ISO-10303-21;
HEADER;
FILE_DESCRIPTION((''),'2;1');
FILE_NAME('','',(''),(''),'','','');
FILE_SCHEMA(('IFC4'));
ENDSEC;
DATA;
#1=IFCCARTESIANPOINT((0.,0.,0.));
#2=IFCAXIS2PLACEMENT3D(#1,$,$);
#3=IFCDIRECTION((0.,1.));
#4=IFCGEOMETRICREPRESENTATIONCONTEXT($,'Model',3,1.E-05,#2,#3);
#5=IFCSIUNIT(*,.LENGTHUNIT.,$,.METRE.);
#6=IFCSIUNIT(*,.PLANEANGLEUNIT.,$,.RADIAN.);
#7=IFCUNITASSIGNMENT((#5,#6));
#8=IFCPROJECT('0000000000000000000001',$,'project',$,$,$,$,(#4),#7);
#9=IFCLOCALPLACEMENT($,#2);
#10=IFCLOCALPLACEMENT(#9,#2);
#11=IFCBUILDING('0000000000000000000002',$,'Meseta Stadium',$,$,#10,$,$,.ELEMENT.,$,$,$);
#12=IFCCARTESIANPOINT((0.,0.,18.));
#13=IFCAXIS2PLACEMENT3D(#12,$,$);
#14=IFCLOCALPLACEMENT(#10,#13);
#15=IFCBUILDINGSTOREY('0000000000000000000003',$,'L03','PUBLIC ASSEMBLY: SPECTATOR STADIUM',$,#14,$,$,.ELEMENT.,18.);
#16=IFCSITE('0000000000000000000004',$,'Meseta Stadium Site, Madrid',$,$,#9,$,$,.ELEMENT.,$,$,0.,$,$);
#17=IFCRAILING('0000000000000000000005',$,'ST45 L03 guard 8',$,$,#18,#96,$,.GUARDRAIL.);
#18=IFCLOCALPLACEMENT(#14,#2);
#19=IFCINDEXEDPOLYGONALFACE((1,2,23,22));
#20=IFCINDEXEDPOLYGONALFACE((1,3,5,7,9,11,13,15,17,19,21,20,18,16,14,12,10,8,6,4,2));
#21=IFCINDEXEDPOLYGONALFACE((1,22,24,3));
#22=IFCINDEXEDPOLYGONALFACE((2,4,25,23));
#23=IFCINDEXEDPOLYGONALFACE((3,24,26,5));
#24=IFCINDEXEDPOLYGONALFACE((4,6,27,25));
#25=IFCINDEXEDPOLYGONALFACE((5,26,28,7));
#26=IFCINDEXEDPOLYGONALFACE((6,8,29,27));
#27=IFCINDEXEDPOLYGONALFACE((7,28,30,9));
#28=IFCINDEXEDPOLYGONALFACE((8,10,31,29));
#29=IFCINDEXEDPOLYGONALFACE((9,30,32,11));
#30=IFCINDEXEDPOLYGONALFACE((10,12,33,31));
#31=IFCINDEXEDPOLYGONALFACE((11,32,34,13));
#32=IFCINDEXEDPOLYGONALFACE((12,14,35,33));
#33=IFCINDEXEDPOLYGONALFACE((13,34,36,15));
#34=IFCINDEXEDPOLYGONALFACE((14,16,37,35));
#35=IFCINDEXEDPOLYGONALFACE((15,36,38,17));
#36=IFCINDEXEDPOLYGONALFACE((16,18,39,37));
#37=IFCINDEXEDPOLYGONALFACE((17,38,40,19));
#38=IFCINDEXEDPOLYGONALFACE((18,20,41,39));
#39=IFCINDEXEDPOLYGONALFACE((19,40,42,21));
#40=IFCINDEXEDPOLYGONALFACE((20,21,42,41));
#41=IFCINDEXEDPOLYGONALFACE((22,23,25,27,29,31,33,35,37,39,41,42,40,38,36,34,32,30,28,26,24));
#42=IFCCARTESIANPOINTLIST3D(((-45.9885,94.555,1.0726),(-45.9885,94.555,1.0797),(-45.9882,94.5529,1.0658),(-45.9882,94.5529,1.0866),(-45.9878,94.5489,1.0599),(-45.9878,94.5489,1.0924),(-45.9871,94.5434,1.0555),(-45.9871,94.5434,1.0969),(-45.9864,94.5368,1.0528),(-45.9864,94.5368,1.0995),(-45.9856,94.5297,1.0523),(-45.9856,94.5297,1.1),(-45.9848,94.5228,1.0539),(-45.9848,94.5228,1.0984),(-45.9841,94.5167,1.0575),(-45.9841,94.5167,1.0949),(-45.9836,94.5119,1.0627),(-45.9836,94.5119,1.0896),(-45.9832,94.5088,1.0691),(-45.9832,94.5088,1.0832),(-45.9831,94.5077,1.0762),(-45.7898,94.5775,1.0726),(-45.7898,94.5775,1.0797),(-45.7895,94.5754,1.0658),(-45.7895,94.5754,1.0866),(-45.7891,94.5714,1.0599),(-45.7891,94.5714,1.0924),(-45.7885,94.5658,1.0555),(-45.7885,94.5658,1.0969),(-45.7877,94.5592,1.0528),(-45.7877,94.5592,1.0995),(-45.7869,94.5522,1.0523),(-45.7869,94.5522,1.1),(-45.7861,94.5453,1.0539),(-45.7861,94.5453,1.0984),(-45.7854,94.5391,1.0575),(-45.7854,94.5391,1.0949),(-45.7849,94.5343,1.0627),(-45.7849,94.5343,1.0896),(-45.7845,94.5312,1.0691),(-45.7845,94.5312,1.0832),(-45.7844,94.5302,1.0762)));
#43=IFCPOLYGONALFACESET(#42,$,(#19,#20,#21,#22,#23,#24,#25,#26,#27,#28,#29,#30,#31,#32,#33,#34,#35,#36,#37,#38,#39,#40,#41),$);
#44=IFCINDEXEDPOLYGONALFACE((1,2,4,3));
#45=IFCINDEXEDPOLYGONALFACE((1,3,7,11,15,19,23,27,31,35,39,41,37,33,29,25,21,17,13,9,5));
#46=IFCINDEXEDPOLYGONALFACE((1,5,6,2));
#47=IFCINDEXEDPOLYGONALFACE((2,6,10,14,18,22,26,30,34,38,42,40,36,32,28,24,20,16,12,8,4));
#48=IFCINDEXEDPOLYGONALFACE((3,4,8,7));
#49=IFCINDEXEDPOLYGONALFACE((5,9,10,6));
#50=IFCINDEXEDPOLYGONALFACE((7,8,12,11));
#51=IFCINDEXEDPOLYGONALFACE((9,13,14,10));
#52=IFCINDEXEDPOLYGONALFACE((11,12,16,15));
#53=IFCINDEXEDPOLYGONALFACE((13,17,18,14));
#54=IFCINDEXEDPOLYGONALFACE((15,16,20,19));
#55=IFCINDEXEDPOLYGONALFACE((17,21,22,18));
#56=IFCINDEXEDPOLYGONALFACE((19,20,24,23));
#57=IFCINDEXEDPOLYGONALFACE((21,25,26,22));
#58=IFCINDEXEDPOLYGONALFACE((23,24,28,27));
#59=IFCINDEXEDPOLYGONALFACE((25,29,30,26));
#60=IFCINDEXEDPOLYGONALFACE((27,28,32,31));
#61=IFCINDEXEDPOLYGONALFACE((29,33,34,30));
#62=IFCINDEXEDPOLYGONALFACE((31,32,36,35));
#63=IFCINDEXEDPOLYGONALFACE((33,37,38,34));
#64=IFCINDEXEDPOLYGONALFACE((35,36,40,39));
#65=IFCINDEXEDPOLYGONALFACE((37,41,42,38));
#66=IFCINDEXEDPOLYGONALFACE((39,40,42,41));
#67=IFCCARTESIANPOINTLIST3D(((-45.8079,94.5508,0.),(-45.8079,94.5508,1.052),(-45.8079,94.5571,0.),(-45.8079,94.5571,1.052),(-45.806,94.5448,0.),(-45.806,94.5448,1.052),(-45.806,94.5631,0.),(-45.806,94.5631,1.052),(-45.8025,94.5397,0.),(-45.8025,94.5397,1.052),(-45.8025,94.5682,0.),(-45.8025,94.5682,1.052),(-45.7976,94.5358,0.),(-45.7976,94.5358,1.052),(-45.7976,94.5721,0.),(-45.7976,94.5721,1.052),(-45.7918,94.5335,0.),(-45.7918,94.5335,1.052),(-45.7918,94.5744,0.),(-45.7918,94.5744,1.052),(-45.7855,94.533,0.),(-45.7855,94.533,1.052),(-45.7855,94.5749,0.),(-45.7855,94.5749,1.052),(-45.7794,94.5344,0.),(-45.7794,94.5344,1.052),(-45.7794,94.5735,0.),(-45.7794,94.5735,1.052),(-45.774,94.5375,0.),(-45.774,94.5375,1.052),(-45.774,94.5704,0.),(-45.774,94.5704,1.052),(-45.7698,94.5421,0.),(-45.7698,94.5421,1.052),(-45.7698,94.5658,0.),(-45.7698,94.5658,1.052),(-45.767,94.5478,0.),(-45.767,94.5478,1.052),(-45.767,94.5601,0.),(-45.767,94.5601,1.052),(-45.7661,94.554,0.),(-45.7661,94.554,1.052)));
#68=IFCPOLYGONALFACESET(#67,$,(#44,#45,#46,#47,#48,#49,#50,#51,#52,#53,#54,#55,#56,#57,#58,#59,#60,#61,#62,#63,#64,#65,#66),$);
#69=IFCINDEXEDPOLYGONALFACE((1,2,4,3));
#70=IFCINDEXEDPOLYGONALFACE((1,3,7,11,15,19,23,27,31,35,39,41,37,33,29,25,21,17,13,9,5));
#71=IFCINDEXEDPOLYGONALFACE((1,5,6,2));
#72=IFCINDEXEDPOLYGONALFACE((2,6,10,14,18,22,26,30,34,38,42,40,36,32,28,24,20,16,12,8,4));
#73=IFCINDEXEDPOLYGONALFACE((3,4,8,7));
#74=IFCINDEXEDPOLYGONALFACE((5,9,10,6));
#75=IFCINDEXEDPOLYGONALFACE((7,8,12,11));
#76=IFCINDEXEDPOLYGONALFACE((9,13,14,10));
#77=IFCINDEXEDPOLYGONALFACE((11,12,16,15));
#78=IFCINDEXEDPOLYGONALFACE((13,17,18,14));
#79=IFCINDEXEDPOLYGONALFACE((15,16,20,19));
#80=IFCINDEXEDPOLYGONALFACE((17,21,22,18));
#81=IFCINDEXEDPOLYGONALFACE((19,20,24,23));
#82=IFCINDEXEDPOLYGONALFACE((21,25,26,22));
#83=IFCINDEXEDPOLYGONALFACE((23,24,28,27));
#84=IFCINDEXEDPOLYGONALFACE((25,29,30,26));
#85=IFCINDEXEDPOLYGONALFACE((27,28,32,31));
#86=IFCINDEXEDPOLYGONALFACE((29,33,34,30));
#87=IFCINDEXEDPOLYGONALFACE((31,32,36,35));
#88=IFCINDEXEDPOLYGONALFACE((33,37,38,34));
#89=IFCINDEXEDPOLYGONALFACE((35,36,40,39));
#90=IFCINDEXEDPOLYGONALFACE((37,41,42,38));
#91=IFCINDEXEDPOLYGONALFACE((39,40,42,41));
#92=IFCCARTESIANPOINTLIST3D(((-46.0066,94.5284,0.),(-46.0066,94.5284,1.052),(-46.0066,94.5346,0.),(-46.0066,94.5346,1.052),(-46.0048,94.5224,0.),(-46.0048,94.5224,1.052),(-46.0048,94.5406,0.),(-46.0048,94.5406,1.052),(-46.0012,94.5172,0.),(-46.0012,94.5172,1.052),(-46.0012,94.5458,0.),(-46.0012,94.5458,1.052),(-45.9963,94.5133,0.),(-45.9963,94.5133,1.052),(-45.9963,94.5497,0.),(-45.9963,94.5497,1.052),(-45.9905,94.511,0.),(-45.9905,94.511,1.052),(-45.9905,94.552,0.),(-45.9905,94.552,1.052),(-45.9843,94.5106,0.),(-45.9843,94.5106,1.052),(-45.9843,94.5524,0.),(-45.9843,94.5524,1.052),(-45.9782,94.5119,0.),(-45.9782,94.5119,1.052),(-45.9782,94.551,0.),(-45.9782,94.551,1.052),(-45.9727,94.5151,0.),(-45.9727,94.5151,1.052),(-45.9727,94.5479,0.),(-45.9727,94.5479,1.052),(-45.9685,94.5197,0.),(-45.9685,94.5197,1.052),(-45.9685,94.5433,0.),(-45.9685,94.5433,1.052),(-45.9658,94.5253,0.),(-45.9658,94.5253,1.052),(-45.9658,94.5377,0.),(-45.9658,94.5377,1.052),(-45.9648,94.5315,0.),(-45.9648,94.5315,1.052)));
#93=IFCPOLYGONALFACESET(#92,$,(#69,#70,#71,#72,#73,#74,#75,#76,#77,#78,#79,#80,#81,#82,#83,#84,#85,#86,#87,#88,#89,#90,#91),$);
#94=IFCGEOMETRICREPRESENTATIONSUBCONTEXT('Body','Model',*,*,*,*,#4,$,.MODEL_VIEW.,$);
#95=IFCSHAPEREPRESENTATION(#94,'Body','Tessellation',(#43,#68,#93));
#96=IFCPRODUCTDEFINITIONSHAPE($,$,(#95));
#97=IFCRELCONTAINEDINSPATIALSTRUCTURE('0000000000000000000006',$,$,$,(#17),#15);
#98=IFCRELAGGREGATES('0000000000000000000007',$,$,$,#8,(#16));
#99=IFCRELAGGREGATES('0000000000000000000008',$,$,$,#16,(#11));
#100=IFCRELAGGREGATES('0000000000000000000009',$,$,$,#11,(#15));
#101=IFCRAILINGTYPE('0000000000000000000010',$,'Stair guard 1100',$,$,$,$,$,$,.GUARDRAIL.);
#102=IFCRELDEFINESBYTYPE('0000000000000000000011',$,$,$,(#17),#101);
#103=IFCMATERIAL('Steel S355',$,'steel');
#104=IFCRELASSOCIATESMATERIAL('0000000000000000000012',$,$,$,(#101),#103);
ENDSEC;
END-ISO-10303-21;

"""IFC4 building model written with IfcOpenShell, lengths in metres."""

from ifc_helpers import new_model, si_unit, direction, frame, origin, origin_2d, place, context, subcontext, project, spatial, circle, extrude, material, type_object, element, save


model = new_model("IFC4")

# Units and contexts
model_context = context("Model", 3, precision=1e-05, world=origin(), true_north=direction((0.0, 1.0)))
body_context = subcontext(model_context, "Body", "Model", "MODEL_VIEW")
ifc_project = project(units=[si_unit("LENGTHUNIT", "METRE"), si_unit("PLANEANGLEUNIT", "RADIAN")], contexts=[model_context])

# Site, building, storey
site_placement = place(None, origin())
site = spatial("IfcSite", under=ifc_project, at=site_placement, Name="Meseta Stadium Site, Madrid", CompositionType="ELEMENT", RefElevation=0.0)
building_placement = place(site_placement, origin())
building = spatial("IfcBuilding", under=site, at=building_placement, Name="Meseta Stadium", CompositionType="ELEMENT")
storey_placement = place(building_placement, frame((0.0, 0.0, 18.0)))
storey = spatial("IfcBuildingStorey", under=building, at=storey_placement, Name="L03", Description="PUBLIC ASSEMBLY: SPECTATOR STADIUM", CompositionType="ELEMENT", Elevation=18.0)

# Railing
ifc_material_1 = material(Name="Steel S355", Category="steel")
railing_type_1 = type_object("IfcRailingType", Name="Stair guard 1100", PredefinedType="GUARDRAIL", material=ifc_material_1)
railing_1_placement = place(storey_placement, frame((-45.7871, 94.554, 0.0)))
element("IfcRailing", 1, at=railing_1_placement, inside=storey, type_object=railing_type_1, Name="ST45 L03 guard 8", PredefinedType="GUARDRAIL", context=body_context, shape_type="SweptSolid", body=[
    extrude(circle(Radius=0.0239, at=origin_2d()), frame((0.0, 0.0, 1.0762), z_axis=(-0.993674, -0.112307, 0.0), x_axis=(0.112307, -0.993674, 0.0)), (0.0, 0.0, 1.0), 0.2),
    extrude(circle(Radius=0.021, at=origin_2d()), origin(), (0.0, 0.0, 1.0), 1.052),
    extrude(circle(Radius=0.021, at=origin_2d()), frame((-0.1987, -0.0225, 0.0)), (0.0, 0.0, 1.0), 1.052),
])

save(model, "model.ifc")
